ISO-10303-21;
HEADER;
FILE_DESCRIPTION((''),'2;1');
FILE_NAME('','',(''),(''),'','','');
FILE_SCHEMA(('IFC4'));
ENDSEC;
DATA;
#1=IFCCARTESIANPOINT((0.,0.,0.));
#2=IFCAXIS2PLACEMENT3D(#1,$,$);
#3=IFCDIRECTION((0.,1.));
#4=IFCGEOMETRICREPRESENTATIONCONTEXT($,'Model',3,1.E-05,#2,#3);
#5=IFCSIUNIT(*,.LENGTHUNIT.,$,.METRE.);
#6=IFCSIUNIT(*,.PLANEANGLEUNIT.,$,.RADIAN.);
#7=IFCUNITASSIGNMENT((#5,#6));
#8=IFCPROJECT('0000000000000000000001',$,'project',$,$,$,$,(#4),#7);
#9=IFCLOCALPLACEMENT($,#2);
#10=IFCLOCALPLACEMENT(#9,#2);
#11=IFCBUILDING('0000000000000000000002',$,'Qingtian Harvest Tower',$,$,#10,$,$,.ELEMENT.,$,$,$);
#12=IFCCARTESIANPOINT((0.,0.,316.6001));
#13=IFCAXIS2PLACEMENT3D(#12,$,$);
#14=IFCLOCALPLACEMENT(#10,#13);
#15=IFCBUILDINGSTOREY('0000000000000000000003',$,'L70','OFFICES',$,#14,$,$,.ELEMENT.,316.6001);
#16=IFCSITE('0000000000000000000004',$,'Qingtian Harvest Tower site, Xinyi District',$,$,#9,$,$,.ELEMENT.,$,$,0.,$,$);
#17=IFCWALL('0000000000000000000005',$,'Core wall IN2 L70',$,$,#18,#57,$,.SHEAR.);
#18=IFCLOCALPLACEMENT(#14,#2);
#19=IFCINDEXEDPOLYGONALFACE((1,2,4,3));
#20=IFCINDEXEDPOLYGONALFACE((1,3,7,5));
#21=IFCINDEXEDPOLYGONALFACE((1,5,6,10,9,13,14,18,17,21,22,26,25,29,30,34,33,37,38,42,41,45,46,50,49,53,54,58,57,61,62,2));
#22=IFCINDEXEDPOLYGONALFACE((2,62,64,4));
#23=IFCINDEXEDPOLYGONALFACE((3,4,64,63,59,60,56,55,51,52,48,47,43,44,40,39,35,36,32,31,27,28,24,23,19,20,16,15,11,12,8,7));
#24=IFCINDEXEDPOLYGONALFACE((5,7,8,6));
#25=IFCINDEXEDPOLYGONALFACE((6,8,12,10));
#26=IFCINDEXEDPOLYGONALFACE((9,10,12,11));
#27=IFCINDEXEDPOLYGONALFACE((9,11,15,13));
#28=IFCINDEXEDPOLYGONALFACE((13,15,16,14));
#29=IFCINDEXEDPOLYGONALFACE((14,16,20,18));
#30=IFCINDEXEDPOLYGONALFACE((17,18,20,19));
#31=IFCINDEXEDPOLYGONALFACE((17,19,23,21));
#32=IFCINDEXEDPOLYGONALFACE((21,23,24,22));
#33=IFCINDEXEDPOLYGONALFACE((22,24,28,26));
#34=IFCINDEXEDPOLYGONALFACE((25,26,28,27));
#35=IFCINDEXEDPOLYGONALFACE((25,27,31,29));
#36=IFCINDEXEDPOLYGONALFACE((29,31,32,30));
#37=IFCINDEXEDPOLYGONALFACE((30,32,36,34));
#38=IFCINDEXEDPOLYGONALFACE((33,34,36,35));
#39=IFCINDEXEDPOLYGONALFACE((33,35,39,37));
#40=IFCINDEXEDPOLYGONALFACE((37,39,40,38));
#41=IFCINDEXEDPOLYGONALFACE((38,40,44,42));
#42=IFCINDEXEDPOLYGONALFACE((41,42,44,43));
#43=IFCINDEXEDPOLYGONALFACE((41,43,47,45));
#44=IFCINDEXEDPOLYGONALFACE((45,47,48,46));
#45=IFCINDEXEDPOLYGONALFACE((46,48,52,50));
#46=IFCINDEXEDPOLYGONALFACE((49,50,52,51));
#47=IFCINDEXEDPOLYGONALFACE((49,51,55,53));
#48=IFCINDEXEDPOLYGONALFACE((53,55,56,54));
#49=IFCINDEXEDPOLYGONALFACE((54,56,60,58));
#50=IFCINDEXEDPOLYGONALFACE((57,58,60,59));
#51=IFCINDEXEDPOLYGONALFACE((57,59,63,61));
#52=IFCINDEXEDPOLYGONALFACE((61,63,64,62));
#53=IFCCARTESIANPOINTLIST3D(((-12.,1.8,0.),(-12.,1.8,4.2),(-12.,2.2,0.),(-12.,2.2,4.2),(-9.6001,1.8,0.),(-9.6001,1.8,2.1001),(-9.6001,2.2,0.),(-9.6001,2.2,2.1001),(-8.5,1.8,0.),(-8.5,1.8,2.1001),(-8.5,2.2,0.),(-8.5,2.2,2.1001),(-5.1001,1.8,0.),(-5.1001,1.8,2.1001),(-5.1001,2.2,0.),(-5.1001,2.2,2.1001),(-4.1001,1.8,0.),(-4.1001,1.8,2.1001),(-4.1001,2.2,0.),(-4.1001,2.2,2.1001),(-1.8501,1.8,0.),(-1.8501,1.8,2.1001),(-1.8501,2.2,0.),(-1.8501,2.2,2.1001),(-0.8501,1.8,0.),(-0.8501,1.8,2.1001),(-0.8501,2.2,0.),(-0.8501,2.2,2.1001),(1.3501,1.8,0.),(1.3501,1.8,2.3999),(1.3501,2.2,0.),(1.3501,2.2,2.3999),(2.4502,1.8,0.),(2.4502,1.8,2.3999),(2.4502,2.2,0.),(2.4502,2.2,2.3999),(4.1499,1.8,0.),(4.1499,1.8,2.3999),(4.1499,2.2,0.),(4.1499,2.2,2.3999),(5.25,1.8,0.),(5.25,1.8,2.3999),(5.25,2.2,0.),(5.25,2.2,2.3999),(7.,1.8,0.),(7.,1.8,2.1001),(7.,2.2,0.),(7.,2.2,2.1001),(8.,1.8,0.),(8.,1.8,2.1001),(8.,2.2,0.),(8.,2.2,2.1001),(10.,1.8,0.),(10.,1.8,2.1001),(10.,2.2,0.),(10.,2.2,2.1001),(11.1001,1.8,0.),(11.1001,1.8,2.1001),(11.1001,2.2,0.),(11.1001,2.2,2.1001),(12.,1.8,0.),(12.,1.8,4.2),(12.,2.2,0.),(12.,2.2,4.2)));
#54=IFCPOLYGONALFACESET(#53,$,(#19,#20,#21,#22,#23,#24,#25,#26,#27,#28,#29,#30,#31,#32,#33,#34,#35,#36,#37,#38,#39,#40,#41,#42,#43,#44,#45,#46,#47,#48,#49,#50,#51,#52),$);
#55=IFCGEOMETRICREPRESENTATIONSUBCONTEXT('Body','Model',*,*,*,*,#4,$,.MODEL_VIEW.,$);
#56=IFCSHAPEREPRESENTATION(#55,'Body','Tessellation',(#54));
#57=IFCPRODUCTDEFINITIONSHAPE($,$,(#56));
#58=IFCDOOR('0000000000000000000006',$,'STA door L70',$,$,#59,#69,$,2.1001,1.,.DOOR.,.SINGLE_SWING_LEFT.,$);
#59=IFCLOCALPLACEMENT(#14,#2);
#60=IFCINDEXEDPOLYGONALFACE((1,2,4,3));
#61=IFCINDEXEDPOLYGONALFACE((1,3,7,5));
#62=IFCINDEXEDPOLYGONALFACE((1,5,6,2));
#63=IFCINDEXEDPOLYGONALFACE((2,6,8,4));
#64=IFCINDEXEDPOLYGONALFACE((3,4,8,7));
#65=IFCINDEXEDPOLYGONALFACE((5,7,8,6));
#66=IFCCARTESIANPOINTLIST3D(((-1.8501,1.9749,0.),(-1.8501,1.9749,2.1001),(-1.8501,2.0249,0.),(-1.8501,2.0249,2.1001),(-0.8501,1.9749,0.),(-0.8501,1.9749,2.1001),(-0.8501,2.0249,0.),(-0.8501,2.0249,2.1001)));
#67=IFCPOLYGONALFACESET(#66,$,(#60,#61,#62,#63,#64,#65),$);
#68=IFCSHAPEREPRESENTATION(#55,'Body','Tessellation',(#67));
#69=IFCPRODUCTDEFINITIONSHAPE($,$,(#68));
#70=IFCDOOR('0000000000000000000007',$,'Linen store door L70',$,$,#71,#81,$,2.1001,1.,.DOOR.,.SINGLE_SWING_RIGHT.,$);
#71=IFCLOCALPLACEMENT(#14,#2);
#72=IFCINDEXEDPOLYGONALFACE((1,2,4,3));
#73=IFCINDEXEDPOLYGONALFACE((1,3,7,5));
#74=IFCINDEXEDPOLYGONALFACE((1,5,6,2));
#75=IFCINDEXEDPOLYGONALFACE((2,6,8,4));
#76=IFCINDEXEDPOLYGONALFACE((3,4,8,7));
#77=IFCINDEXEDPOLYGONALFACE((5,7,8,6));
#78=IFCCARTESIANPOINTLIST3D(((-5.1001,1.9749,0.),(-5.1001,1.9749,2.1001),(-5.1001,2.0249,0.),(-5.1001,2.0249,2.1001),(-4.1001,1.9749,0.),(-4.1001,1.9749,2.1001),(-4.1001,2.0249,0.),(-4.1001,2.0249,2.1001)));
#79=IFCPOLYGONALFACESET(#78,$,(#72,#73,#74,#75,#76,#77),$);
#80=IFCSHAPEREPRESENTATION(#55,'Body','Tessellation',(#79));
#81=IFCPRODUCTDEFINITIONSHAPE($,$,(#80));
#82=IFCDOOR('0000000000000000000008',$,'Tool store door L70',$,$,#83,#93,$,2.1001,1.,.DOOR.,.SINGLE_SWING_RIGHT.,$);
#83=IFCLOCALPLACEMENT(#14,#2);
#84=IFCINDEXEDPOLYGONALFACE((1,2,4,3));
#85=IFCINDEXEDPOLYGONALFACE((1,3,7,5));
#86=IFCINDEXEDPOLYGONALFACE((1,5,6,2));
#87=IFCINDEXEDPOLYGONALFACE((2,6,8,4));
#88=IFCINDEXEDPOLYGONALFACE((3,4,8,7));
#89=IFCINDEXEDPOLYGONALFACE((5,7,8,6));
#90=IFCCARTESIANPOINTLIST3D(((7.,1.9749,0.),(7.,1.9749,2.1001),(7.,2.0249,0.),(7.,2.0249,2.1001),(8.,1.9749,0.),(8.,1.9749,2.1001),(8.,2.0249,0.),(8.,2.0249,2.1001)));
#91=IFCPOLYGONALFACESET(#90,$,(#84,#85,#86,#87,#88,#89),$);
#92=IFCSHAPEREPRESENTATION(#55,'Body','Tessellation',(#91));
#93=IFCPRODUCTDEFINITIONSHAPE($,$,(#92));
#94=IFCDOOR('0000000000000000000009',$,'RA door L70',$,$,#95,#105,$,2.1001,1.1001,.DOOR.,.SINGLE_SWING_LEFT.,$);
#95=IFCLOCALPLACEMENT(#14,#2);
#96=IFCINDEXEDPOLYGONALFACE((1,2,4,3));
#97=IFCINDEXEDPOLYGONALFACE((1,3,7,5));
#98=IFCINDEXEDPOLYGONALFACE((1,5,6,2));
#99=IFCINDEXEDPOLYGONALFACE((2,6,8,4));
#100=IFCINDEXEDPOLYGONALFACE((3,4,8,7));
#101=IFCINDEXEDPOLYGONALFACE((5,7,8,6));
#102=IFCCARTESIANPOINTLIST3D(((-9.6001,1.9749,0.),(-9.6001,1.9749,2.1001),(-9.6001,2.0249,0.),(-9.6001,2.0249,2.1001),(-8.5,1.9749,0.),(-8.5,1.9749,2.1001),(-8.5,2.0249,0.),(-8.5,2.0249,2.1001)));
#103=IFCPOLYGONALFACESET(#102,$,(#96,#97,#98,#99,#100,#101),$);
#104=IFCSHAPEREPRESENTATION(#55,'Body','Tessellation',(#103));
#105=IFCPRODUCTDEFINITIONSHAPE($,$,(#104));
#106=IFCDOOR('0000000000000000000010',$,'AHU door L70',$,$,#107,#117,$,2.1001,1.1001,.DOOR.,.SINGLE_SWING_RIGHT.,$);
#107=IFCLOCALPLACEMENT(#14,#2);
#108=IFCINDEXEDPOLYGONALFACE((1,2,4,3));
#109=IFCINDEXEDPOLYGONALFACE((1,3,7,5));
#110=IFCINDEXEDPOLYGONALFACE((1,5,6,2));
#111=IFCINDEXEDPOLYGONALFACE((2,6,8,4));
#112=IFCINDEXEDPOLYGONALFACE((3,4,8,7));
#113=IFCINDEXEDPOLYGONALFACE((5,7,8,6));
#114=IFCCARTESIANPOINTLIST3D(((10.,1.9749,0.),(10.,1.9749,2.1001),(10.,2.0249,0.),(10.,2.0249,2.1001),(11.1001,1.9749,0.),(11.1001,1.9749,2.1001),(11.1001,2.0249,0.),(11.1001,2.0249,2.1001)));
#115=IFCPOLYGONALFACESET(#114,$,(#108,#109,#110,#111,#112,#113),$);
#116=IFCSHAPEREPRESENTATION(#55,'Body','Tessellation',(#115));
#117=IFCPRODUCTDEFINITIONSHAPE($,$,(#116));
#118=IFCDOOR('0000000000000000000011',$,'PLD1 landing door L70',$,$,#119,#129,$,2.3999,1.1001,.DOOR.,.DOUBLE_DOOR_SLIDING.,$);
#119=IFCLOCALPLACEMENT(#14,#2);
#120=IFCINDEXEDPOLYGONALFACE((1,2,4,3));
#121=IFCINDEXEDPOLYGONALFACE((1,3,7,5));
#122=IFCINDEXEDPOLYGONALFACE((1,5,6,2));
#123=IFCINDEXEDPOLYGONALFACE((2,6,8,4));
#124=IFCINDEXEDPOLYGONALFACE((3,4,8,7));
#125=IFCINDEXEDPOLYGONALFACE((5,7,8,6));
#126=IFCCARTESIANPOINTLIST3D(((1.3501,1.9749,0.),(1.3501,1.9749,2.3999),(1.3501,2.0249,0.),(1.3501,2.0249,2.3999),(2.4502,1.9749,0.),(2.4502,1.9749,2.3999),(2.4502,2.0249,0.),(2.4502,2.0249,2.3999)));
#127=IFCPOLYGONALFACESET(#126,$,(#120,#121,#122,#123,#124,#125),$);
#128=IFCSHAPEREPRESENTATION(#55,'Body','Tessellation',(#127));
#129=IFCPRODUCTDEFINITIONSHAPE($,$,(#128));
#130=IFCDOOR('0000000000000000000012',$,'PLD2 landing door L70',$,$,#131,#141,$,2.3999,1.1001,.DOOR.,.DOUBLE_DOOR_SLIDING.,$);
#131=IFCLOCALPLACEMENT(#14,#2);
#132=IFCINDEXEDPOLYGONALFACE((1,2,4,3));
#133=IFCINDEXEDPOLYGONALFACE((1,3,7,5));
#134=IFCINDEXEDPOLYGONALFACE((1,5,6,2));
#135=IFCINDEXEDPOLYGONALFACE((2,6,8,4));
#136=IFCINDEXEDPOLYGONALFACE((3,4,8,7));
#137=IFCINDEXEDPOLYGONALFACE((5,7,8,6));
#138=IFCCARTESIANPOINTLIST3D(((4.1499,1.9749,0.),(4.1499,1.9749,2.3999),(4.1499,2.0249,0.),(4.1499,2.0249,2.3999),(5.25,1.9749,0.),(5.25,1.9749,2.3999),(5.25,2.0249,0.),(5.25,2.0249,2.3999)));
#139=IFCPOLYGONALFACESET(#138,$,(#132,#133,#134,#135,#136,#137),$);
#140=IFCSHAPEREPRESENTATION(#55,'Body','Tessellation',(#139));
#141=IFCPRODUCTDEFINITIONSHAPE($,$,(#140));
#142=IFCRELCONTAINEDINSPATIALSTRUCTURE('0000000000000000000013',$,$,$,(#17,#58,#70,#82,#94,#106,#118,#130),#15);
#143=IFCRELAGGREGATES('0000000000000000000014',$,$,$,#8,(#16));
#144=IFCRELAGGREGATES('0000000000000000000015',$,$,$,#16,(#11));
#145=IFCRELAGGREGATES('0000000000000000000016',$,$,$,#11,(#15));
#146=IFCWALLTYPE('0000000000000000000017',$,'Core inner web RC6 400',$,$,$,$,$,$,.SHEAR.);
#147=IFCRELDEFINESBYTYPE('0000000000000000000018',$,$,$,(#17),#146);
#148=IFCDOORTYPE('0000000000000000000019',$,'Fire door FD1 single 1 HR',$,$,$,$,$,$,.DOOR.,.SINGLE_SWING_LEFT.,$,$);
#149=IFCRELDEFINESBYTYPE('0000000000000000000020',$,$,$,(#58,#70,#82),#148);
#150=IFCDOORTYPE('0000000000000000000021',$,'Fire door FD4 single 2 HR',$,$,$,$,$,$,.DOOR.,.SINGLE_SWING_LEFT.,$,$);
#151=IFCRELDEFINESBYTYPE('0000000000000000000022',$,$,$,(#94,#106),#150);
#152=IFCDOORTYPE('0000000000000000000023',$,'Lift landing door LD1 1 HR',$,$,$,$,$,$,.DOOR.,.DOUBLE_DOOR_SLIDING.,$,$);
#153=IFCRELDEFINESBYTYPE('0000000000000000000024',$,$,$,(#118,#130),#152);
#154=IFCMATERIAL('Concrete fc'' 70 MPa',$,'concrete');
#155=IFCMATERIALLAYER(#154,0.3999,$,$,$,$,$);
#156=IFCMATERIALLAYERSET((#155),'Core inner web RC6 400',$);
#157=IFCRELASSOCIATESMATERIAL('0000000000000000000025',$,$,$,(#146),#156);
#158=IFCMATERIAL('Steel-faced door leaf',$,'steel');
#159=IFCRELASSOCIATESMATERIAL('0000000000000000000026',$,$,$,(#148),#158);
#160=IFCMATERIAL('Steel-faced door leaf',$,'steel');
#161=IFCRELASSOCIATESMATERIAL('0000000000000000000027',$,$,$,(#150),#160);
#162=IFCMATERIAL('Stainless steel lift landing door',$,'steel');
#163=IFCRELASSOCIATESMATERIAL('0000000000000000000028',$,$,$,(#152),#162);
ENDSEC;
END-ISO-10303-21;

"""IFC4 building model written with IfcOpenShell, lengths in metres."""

from ifc_helpers import new_model, si_unit, direction, frame, frame_2d, origin, place, context, subcontext, project, spatial, rectangle, extrude, material, layer, layer_set, type_object, element, fill, save


model = new_model("IFC4")

# Units and contexts
model_context = context("Model", 3, precision=1e-05, world=origin(), true_north=direction((0.0, 1.0)))
body_context = subcontext(model_context, "Body", "Model", "MODEL_VIEW")
ifc_project = project(units=[si_unit("LENGTHUNIT", "METRE"), si_unit("PLANEANGLEUNIT", "RADIAN")], contexts=[model_context])

# Site, building, storey
site_placement = place(None, origin())
site = spatial("IfcSite", under=ifc_project, at=site_placement, Name="Qingtian Harvest Tower site, Xinyi District", CompositionType="ELEMENT", RefElevation=0.0)
building_placement = place(site_placement, origin())
building = spatial("IfcBuilding", under=site, at=building_placement, Name="Qingtian Harvest Tower", CompositionType="ELEMENT")
storey_placement = place(building_placement, frame((0.0, 0.0, 316.6001)))
storey = spatial("IfcBuildingStorey", under=building, at=storey_placement, Name="L70", Description="OFFICES", CompositionType="ELEMENT", Elevation=316.6001)

# Wall, openings, doors
ifc_material_1 = material(Name="Concrete fc' 70 MPa", Category="concrete")
ifc_layer_1 = layer(ifc_material_1, 0.3999)
ifc_layer_set_1 = layer_set([ifc_layer_1], Name="Core inner web RC6 400")
wall_type = type_object("IfcWallType", Name="Core inner web RC6 400", PredefinedType="SHEAR", material=ifc_layer_set_1)
wall_placement = place(storey_placement, frame((-12.0, 2.0, 0.0), z_axis=(0.0, 0.0, 1.0), x_axis=(1.0, 0.0, 0.0)))
wall = element("IfcWall", 1, at=wall_placement, inside=storey, type_object=wall_type, Name="Core wall IN2 L70", PredefinedType="SHEAR", context=body_context, shape_type="SweptSolid", body=[
    extrude(rectangle(XDim=24.0, YDim=0.3999, at=frame_2d((12.0, 0.0))), origin(), (0.0, 0.0, 1.0), 4.2),
])
opening_1_placement = place(wall_placement, frame((2.3999, 0.0, 0.0)))
opening_1 = element("IfcOpeningElement", 2, at=opening_1_placement, cuts=wall, PredefinedType="OPENING", context=body_context, shape_type="SweptSolid", body=[
    extrude(rectangle(XDim=1.1001, YDim=2.1001, at=frame_2d((0.55, 1.05))), frame((0.0, 0.21, 0.0), z_axis=(0.0, -1.0, 0.0), x_axis=(1.0, 0.0, 0.0)), (0.0, 0.0, 1.0), 0.4199),
])
opening_2_placement = place(wall_placement, frame((22.0, 0.0, 0.0)))
opening_2 = element("IfcOpeningElement", 3, at=opening_2_placement, cuts=wall, PredefinedType="OPENING", context=body_context, shape_type="SweptSolid", body=[
    extrude(rectangle(XDim=1.1001, YDim=2.1001, at=frame_2d((0.55, 1.05))), frame((0.0, 0.21, 0.0), z_axis=(0.0, -1.0, 0.0), x_axis=(1.0, 0.0, 0.0)), (0.0, 0.0, 1.0), 0.4199),
])
opening_3_placement = place(wall_placement, frame((10.1499, 0.0, 0.0)))
opening_3 = element("IfcOpeningElement", 4, at=opening_3_placement, cuts=wall, PredefinedType="OPENING", context=body_context, shape_type="SweptSolid", body=[
    extrude(rectangle(XDim=1.0, YDim=2.1001, at=frame_2d((0.5, 1.05))), frame((0.0, 0.21, 0.0), z_axis=(0.0, -1.0, 0.0), x_axis=(1.0, 0.0, 0.0)), (0.0, 0.0, 1.0), 0.4199),
])
opening_4_placement = place(wall_placement, frame((6.8999, 0.0, 0.0)))
opening_4 = element("IfcOpeningElement", 5, at=opening_4_placement, cuts=wall, PredefinedType="OPENING", context=body_context, shape_type="SweptSolid", body=[
    extrude(rectangle(XDim=1.0, YDim=2.1001, at=frame_2d((0.5, 1.05))), frame((0.0, 0.21, 0.0), z_axis=(0.0, -1.0, 0.0), x_axis=(1.0, 0.0, 0.0)), (0.0, 0.0, 1.0), 0.4199),
])
opening_5_placement = place(wall_placement, frame((13.3501, 0.0, 0.0)))
opening_5 = element("IfcOpeningElement", 6, at=opening_5_placement, cuts=wall, PredefinedType="OPENING", context=body_context, shape_type="SweptSolid", body=[
    extrude(rectangle(XDim=1.1001, YDim=2.3999, at=frame_2d((0.55, 1.2))), frame((0.0, 0.21, 0.0), z_axis=(0.0, -1.0, 0.0), x_axis=(1.0, 0.0, 0.0)), (0.0, 0.0, 1.0), 0.4199),
])
opening_6_placement = place(wall_placement, frame((16.1499, 0.0, 0.0)))
opening_6 = element("IfcOpeningElement", 7, at=opening_6_placement, cuts=wall, PredefinedType="OPENING", context=body_context, shape_type="SweptSolid", body=[
    extrude(rectangle(XDim=1.1001, YDim=2.3999, at=frame_2d((0.55, 1.2))), frame((0.0, 0.21, 0.0), z_axis=(0.0, -1.0, 0.0), x_axis=(1.0, 0.0, 0.0)), (0.0, 0.0, 1.0), 0.4199),
])
opening_7_placement = place(wall_placement, frame((19.0, 0.0, 0.0)))
opening_7 = element("IfcOpeningElement", 8, at=opening_7_placement, cuts=wall, PredefinedType="OPENING", context=body_context, shape_type="SweptSolid", body=[
    extrude(rectangle(XDim=1.0, YDim=2.1001, at=frame_2d((0.5, 1.05))), frame((0.0, 0.21, 0.0), z_axis=(0.0, -1.0, 0.0), x_axis=(1.0, 0.0, 0.0)), (0.0, 0.0, 1.0), 0.4199),
])
ifc_material_2 = material(Name="Steel-faced door leaf", Category="steel")
door_type_1 = type_object("IfcDoorType", Name="Fire door FD1 single 1 HR", OperationType="SINGLE_SWING_LEFT", PredefinedType="DOOR", material=ifc_material_2)
door_1_placement = place(opening_3_placement, origin())
door_1 = element("IfcDoor", 9, at=door_1_placement, inside=storey, type_object=door_type_1, Name="STA door L70", OperationType="SINGLE_SWING_LEFT", OverallHeight=2.1001, OverallWidth=1.0, PredefinedType="DOOR", context=body_context, shape_type="SweptSolid", body=[
    extrude(rectangle(XDim=1.0, YDim=2.1001, at=frame_2d((0.5, 1.05))), frame((0.0, 0.0249, 0.0), z_axis=(0.0, -1.0, 0.0), x_axis=(1.0, 0.0, 0.0)), (0.0, 0.0, 1.0), 0.05),
])
fill(opening_3, door_1)
door_2_placement = place(opening_4_placement, origin())
door_2 = element("IfcDoor", 10, at=door_2_placement, inside=storey, type_object=door_type_1, Name="Linen store door L70", OperationType="SINGLE_SWING_RIGHT", OverallHeight=2.1001, OverallWidth=1.0, PredefinedType="DOOR", context=body_context, shape_type="SweptSolid", body=[
    extrude(rectangle(XDim=1.0, YDim=2.1001, at=frame_2d((0.5, 1.05))), frame((0.0, 0.0249, 0.0), z_axis=(0.0, -1.0, 0.0), x_axis=(1.0, 0.0, 0.0)), (0.0, 0.0, 1.0), 0.05),
])
fill(opening_4, door_2)
door_3_placement = place(opening_7_placement, origin())
door_3 = element("IfcDoor", 11, at=door_3_placement, inside=storey, type_object=door_type_1, Name="Tool store door L70", OperationType="SINGLE_SWING_RIGHT", OverallHeight=2.1001, OverallWidth=1.0, PredefinedType="DOOR", context=body_context, shape_type="SweptSolid", body=[
    extrude(rectangle(XDim=1.0, YDim=2.1001, at=frame_2d((0.5, 1.05))), frame((0.0, 0.0249, 0.0), z_axis=(0.0, -1.0, 0.0), x_axis=(1.0, 0.0, 0.0)), (0.0, 0.0, 1.0), 0.05),
])
fill(opening_7, door_3)
ifc_material_3 = material(Name="Steel-faced door leaf", Category="steel")
door_type_2 = type_object("IfcDoorType", Name="Fire door FD4 single 2 HR", OperationType="SINGLE_SWING_LEFT", PredefinedType="DOOR", material=ifc_material_3)
door_4_placement = place(opening_1_placement, origin())
door_4 = element("IfcDoor", 12, at=door_4_placement, inside=storey, type_object=door_type_2, Name="RA door L70", OperationType="SINGLE_SWING_LEFT", OverallHeight=2.1001, OverallWidth=1.1001, PredefinedType="DOOR", context=body_context, shape_type="SweptSolid", body=[
    extrude(rectangle(XDim=1.1001, YDim=2.1001, at=frame_2d((0.55, 1.05))), frame((0.0, 0.0249, 0.0), z_axis=(0.0, -1.0, 0.0), x_axis=(1.0, 0.0, 0.0)), (0.0, 0.0, 1.0), 0.05),
])
fill(opening_1, door_4)
door_5_placement = place(opening_2_placement, origin())
door_5 = element("IfcDoor", 13, at=door_5_placement, inside=storey, type_object=door_type_2, Name="AHU door L70", OperationType="SINGLE_SWING_RIGHT", OverallHeight=2.1001, OverallWidth=1.1001, PredefinedType="DOOR", context=body_context, shape_type="SweptSolid", body=[
    extrude(rectangle(XDim=1.1001, YDim=2.1001, at=frame_2d((0.55, 1.05))), frame((0.0, 0.0249, 0.0), z_axis=(0.0, -1.0, 0.0), x_axis=(1.0, 0.0, 0.0)), (0.0, 0.0, 1.0), 0.05),
])
fill(opening_2, door_5)
ifc_material_4 = material(Name="Stainless steel lift landing door", Category="steel")
door_type_3 = type_object("IfcDoorType", Name="Lift landing door LD1 1 HR", OperationType="DOUBLE_DOOR_SLIDING", PredefinedType="DOOR", material=ifc_material_4)
door_6_placement = place(opening_5_placement, origin())
door_6 = element("IfcDoor", 14, at=door_6_placement, inside=storey, type_object=door_type_3, Name="PLD1 landing door L70", OperationType="DOUBLE_DOOR_SLIDING", OverallHeight=2.3999, OverallWidth=1.1001, PredefinedType="DOOR", context=body_context, shape_type="SweptSolid", body=[
    extrude(rectangle(XDim=1.1001, YDim=2.3999, at=frame_2d((0.55, 1.2))), frame((0.0, 0.0249, 0.0), z_axis=(0.0, -1.0, 0.0), x_axis=(1.0, 0.0, 0.0)), (0.0, 0.0, 1.0), 0.05),
])
fill(opening_5, door_6)
door_7_placement = place(opening_6_placement, origin())
door_7 = element("IfcDoor", 15, at=door_7_placement, inside=storey, type_object=door_type_3, Name="PLD2 landing door L70", OperationType="DOUBLE_DOOR_SLIDING", OverallHeight=2.3999, OverallWidth=1.1001, PredefinedType="DOOR", context=body_context, shape_type="SweptSolid", body=[
    extrude(rectangle(XDim=1.1001, YDim=2.3999, at=frame_2d((0.55, 1.2))), frame((0.0, 0.0249, 0.0), z_axis=(0.0, -1.0, 0.0), x_axis=(1.0, 0.0, 0.0)), (0.0, 0.0, 1.0), 0.05),
])
fill(opening_6, door_7)

save(model, "model.ifc")
